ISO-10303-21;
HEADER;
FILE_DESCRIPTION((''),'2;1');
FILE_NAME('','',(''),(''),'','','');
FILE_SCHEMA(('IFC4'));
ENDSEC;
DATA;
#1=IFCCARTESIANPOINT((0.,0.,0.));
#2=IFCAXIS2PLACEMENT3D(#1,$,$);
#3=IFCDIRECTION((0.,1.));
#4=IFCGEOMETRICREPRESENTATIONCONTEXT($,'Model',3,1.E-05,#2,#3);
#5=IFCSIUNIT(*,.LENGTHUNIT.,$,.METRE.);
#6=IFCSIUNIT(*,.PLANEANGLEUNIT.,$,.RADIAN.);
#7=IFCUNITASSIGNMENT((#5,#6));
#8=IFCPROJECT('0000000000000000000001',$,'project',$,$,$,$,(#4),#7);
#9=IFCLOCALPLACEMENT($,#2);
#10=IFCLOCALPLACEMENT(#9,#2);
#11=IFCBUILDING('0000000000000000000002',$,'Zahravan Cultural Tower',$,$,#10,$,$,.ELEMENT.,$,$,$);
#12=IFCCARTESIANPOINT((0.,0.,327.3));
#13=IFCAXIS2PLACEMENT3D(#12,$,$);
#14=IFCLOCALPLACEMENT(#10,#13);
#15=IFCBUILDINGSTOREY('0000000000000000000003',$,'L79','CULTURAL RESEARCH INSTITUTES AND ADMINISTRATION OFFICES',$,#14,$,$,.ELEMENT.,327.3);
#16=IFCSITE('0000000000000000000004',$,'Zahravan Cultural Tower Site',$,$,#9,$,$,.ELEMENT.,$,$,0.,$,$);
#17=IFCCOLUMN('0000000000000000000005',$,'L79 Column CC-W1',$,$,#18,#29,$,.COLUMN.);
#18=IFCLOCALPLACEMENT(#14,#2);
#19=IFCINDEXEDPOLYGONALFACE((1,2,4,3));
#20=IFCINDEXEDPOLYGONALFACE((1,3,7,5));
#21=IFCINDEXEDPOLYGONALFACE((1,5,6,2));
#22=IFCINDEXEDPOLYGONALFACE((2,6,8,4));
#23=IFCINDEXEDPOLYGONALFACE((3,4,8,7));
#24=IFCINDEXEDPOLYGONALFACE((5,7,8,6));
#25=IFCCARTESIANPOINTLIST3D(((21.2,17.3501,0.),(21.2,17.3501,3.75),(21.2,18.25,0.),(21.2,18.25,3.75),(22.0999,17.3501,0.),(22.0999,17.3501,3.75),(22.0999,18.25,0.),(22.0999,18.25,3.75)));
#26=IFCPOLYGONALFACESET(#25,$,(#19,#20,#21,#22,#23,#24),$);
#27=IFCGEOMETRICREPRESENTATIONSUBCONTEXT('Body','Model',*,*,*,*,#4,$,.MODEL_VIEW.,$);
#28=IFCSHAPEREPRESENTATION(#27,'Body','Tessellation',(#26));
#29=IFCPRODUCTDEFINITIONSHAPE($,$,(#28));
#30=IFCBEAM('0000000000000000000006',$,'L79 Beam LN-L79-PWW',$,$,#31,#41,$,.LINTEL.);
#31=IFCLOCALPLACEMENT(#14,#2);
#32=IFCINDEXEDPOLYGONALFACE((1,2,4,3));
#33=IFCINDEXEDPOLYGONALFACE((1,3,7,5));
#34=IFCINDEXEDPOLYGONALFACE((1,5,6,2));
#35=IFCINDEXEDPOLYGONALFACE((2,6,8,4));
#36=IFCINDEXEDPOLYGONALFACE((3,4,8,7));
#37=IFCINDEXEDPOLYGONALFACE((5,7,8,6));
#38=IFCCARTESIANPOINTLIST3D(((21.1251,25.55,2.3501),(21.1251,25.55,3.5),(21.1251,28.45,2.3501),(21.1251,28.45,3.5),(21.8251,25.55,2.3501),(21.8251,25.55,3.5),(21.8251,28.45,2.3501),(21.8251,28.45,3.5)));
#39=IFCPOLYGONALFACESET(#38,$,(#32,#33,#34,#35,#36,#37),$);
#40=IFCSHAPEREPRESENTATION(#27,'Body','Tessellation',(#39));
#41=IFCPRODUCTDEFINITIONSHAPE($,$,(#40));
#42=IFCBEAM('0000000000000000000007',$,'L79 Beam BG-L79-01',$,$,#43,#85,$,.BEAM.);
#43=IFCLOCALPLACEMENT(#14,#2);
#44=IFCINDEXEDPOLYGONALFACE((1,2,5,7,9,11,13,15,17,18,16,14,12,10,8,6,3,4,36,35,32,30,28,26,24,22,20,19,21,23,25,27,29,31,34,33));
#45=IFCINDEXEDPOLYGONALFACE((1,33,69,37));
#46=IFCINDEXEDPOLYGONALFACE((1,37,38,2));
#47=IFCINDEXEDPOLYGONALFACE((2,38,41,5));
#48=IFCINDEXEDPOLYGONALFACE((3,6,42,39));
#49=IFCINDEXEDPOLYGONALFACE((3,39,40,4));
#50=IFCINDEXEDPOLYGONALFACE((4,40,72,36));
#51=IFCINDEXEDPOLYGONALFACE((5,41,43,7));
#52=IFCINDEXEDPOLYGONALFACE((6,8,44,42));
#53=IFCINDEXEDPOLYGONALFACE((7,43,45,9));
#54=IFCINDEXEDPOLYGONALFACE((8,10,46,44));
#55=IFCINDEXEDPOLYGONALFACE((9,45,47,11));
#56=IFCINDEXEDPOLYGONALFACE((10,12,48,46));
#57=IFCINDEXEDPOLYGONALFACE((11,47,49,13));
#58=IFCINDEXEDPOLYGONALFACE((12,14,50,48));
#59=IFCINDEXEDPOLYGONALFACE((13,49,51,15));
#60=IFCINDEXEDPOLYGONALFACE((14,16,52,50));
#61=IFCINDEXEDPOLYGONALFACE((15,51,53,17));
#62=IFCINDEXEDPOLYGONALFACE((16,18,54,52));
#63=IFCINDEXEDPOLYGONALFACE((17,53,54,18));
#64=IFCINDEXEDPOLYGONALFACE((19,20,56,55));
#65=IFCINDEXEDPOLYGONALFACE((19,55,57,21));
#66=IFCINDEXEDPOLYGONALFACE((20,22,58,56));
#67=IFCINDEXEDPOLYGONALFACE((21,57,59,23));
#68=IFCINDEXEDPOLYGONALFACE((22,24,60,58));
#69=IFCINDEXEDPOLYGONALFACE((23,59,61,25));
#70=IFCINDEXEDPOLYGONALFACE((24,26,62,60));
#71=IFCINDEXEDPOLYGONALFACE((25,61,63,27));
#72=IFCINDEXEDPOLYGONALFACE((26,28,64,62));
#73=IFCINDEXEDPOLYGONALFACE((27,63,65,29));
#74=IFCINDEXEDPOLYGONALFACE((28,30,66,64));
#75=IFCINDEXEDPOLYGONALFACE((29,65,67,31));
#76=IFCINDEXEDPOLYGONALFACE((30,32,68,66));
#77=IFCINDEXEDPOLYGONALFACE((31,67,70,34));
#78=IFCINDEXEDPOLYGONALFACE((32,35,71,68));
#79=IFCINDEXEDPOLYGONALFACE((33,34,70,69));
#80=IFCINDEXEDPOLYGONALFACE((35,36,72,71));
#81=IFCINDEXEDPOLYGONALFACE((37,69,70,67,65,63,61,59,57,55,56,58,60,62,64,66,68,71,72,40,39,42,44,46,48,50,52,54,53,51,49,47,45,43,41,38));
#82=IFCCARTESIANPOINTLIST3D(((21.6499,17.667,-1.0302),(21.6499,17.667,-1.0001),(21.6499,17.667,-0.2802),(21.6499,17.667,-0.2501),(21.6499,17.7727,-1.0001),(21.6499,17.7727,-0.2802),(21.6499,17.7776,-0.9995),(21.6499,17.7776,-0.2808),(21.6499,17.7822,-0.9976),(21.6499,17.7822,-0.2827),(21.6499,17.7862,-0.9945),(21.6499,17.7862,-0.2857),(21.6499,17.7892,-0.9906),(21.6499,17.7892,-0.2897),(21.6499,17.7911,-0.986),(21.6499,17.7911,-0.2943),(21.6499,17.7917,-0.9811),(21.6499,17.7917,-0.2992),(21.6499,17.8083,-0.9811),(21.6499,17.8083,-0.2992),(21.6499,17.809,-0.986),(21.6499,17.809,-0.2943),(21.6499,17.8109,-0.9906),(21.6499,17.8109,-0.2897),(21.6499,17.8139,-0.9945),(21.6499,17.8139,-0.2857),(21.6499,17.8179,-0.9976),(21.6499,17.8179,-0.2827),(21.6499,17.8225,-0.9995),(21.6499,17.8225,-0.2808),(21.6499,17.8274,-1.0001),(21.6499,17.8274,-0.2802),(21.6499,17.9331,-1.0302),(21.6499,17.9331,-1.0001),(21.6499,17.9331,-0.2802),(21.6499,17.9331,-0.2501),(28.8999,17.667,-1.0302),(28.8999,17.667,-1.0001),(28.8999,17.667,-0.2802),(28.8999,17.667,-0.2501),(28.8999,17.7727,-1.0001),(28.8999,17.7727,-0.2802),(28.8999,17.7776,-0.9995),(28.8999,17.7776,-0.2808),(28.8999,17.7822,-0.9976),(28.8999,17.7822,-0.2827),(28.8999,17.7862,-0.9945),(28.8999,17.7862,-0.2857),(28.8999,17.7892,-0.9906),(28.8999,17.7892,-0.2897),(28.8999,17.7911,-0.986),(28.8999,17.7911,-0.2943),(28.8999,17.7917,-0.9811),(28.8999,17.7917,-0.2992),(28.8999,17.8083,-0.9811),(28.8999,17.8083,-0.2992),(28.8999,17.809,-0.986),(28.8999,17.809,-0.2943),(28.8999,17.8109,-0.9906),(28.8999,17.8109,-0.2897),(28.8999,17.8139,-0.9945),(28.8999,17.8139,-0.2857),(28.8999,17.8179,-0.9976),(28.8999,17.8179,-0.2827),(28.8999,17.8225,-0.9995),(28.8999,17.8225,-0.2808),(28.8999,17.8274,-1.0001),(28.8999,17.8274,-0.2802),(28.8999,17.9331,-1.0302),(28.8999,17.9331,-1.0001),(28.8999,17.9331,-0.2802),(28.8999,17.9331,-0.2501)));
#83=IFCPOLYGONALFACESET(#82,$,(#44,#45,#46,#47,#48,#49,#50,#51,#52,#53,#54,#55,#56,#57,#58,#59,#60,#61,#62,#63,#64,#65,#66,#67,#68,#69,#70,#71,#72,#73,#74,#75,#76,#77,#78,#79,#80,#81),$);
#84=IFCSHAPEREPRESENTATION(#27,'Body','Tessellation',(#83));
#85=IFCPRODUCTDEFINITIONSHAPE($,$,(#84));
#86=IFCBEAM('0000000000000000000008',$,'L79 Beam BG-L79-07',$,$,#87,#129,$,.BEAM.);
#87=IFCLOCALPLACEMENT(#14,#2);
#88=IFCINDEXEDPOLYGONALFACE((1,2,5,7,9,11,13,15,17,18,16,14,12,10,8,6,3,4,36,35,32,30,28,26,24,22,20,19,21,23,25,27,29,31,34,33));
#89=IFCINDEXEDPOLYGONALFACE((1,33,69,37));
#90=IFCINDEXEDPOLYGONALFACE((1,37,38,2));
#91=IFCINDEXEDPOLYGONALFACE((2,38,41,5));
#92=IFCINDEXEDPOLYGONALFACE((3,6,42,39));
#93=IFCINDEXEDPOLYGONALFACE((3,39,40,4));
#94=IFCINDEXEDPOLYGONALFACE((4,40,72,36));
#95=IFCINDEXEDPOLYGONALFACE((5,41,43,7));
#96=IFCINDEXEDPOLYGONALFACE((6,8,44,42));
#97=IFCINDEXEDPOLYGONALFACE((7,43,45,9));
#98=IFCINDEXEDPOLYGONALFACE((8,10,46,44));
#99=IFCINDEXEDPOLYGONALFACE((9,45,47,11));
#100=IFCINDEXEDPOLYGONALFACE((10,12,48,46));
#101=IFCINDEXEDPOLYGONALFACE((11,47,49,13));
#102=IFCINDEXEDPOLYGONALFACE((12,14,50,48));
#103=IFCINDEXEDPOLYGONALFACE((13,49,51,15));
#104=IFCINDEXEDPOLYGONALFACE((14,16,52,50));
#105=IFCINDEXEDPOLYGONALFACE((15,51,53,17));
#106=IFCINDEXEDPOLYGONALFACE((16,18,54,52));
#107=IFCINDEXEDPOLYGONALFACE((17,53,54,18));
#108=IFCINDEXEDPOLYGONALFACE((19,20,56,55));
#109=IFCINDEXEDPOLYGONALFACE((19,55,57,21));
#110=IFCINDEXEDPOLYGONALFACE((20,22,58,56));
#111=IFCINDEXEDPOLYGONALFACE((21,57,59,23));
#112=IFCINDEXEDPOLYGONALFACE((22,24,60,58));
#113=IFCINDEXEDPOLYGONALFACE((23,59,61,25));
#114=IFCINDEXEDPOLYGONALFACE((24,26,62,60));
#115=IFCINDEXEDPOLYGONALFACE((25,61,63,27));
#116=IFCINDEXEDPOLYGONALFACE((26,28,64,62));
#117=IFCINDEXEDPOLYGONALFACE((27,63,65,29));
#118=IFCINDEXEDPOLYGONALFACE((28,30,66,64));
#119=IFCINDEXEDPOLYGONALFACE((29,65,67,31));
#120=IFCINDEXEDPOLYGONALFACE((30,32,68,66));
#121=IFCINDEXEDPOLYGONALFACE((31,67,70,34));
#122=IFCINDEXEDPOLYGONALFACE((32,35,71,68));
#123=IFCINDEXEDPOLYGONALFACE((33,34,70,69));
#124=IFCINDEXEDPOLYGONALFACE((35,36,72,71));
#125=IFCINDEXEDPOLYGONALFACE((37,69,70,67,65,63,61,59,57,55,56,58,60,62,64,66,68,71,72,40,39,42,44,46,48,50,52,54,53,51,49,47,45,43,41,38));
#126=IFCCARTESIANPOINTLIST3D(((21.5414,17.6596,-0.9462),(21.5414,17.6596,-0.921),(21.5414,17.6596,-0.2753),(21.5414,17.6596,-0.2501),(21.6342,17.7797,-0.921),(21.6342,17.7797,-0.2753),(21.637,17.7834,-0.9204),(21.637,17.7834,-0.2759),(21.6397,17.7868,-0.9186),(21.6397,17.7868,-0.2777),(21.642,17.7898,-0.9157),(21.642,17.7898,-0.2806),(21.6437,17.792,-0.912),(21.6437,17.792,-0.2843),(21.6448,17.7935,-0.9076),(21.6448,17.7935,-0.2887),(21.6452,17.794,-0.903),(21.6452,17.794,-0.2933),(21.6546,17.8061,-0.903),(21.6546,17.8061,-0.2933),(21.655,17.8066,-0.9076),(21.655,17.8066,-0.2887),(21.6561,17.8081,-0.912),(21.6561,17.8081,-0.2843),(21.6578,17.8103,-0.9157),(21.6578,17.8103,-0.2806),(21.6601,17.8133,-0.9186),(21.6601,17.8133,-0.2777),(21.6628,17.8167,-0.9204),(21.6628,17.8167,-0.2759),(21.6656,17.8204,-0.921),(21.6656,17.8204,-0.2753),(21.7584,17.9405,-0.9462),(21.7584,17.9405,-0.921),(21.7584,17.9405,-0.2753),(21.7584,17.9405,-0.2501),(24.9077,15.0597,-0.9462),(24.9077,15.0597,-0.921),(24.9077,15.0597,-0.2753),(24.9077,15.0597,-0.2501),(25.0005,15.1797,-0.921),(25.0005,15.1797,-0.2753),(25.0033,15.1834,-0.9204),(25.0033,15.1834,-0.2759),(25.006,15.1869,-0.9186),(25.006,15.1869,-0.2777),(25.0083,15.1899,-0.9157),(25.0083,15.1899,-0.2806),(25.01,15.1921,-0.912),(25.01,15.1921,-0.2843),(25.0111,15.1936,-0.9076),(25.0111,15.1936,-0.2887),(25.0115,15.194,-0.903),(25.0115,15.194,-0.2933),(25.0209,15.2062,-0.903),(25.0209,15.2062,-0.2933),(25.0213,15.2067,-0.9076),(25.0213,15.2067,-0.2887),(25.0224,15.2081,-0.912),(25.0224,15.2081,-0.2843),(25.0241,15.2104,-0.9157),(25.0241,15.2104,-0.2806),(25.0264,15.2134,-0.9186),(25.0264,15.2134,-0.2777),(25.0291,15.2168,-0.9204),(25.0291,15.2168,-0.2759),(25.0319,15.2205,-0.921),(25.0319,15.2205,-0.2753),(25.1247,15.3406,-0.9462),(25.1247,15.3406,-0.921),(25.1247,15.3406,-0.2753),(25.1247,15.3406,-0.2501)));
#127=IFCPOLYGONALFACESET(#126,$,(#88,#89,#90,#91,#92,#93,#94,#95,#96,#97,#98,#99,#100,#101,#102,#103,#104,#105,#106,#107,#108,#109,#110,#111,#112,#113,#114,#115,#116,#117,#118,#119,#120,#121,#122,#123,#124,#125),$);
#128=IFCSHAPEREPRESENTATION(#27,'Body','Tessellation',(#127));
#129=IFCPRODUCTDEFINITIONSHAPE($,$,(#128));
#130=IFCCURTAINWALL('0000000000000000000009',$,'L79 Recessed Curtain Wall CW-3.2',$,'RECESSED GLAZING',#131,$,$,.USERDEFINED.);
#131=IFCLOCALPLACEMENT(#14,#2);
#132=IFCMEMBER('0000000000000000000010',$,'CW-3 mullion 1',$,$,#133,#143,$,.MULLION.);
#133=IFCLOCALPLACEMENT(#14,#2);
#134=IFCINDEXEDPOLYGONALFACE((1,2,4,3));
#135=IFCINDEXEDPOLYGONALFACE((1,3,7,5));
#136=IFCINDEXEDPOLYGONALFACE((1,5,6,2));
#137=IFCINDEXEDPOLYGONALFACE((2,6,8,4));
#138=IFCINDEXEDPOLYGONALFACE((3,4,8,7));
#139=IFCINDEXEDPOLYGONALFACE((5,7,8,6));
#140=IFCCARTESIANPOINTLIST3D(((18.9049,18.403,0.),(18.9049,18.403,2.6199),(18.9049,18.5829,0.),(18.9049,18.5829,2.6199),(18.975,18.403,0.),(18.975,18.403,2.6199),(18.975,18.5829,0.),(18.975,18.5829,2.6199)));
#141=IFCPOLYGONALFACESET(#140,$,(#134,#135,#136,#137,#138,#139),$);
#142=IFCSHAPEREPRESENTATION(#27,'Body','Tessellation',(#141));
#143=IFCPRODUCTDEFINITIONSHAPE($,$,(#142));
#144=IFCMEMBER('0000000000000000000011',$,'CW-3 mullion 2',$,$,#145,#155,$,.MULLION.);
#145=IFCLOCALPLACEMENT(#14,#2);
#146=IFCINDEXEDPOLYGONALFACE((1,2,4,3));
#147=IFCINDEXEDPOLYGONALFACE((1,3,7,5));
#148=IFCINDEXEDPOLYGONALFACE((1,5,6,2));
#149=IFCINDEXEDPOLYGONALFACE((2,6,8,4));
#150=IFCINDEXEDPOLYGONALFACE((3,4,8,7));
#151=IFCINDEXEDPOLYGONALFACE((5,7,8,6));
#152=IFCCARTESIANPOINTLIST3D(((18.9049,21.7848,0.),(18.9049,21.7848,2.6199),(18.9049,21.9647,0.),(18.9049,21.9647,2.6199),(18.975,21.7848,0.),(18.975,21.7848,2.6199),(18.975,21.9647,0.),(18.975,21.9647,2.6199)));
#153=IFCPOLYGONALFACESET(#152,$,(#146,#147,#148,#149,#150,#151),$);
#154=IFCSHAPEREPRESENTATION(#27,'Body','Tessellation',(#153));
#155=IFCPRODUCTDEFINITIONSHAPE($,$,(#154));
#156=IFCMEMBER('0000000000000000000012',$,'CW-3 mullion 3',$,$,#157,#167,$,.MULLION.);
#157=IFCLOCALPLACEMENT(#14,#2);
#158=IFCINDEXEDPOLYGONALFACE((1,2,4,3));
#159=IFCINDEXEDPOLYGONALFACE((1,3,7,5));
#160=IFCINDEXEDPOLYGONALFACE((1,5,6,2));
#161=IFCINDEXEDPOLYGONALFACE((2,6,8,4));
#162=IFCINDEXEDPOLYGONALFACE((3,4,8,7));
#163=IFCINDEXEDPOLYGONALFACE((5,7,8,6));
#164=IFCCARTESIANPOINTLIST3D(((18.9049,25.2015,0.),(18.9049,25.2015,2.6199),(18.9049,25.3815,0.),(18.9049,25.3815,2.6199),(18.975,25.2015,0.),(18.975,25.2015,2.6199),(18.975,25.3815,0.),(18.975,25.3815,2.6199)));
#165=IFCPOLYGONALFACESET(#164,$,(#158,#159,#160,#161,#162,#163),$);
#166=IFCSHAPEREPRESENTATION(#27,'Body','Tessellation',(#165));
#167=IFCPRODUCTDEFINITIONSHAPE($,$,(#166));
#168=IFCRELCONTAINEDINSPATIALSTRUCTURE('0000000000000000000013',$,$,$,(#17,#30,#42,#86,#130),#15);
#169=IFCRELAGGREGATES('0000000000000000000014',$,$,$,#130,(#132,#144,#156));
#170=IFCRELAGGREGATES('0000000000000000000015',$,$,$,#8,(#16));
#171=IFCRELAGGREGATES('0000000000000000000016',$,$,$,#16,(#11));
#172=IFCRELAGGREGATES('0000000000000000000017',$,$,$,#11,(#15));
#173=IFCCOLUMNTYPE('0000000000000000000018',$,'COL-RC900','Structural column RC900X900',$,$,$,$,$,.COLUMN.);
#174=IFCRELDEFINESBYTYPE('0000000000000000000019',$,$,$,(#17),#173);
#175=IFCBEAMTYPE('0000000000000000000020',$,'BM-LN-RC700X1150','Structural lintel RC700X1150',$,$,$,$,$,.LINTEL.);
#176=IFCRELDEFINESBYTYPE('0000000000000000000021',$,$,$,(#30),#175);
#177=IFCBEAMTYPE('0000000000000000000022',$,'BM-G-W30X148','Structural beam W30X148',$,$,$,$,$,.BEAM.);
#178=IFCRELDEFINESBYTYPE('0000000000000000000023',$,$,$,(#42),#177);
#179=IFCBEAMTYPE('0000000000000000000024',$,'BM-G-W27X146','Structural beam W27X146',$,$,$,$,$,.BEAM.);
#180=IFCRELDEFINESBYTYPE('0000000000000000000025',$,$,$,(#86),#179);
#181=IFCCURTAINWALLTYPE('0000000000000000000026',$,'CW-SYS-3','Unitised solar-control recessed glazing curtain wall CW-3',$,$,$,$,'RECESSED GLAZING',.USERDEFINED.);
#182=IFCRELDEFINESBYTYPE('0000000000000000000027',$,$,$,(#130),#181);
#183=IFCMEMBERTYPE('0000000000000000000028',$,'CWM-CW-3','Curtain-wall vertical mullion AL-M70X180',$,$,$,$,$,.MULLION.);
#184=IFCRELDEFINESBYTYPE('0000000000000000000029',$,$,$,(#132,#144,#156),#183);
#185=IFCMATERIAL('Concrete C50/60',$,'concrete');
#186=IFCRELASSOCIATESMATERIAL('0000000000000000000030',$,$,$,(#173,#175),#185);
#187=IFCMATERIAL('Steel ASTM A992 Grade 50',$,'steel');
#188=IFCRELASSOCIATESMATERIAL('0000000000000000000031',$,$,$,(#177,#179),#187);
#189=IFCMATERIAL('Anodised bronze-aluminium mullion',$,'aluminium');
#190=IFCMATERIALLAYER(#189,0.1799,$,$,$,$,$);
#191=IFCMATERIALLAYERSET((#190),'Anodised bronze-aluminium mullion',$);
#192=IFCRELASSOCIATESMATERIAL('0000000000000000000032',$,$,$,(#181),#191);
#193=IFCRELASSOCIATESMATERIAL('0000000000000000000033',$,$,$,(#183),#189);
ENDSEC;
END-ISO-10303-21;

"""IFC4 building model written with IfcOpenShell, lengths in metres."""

from ifc_helpers import new_model, si_unit, direction, frame, origin, origin_2d, place, context, subcontext, project, spatial, rectangle, i_section, extrude, source, transform, mapped, material, layer, layer_set, material_profile, profile_set, type_object, element, aggregate, save


model = new_model("IFC4")

# Units and contexts
model_context = context("Model", 3, precision=1e-05, world=origin(), true_north=direction((0.0, 1.0)))
body_context = subcontext(model_context, "Body", "Model", "MODEL_VIEW")
ifc_project = project(units=[si_unit("LENGTHUNIT", "METRE"), si_unit("PLANEANGLEUNIT", "RADIAN")], contexts=[model_context])

# Site, building, storey
site_placement = place(None, origin())
site = spatial("IfcSite", under=ifc_project, at=site_placement, Name="Zahravan Cultural Tower Site", CompositionType="ELEMENT", RefElevation=0.0)
building_placement = place(site_placement, origin())
building = spatial("IfcBuilding", under=site, at=building_placement, Name="Zahravan Cultural Tower", CompositionType="ELEMENT")
storey_placement = place(building_placement, frame((0.0, 0.0, 327.3)))
storey = spatial("IfcBuildingStorey", under=building, at=storey_placement, Name="L79", Description="CULTURAL RESEARCH INSTITUTES AND ADMINISTRATION OFFICES", CompositionType="ELEMENT", Elevation=327.3)

# Column
ifc_material_1 = material(Name="Concrete C50/60", Category="concrete")
ifc_material_profile_1 = material_profile(ifc_material_1, rectangle(XDim=0.8999, YDim=0.8999, at=origin_2d()), Name="RC900X900")
ifc_profile_set_1 = profile_set([ifc_material_profile_1], Name="Concrete C50/60")
column_type = type_object("IfcColumnType", Name="COL-RC900", Description="Structural column RC900X900", PredefinedType="COLUMN", material=ifc_profile_set_1)
shared_shape_1 = source(origin(), body_context, "Body", "SweptSolid", [
    extrude(rectangle(XDim=0.8999, YDim=0.8999, at=origin_2d()), origin(), (0.0, 0.0, 1.0), 3.75),
])
column_placement = place(storey_placement, frame((21.6499, 17.8, 0.0), z_axis=(0.0, 0.0, 1.0), x_axis=(1.0, 0.0, 0.0)))
element("IfcColumn", 1, at=column_placement, inside=storey, type_object=column_type, Name="L79 Column CC-W1", PredefinedType="COLUMN", context=body_context, shape_type="MappedRepresentation", body=[
    mapped(shared_shape_1, transform((0.0, 0.0, 0.0), x_axis=(1.0, 0.0, 0.0), y_axis=(0.0, 1.0, 0.0), z_axis=(0.0, 0.0, 1.0), scale=1.0)),
])

# Beams
ifc_material_profile_2 = material_profile(ifc_material_1, rectangle(XDim=0.7, YDim=1.1499, at=origin_2d()), Name="RC700X1150")
ifc_profile_set_2 = profile_set([ifc_material_profile_2], Name="Concrete C50/60")
beam_type_1 = type_object("IfcBeamType", Name="BM-LN-RC700X1150", Description="Structural lintel RC700X1150", PredefinedType="LINTEL", material=ifc_profile_set_2)
shared_shape_2 = source(origin(), body_context, "Body", "SweptSolid", [
    extrude(rectangle(XDim=0.7, YDim=1.1499, at=origin_2d()), origin(), (0.0, 0.0, 1.0), 2.8999),
])
beam_1_placement = place(storey_placement, frame((21.4751, 25.55, 2.925), z_axis=(0.0, 1.0, 0.0), x_axis=(-1.0, 0.0, 0.0)))
element("IfcBeam", 2, at=beam_1_placement, inside=storey, type_object=beam_type_1, Name="L79 Beam LN-L79-PWW", PredefinedType="LINTEL", context=body_context, shape_type="MappedRepresentation", body=[
    mapped(shared_shape_2, transform((0.0, 0.0, 0.0), x_axis=(1.0, 0.0, 0.0), y_axis=(0.0, 1.0, 0.0), z_axis=(0.0, 0.0, 1.0), scale=1.0)),
])
ifc_material_2 = material(Name="Steel ASTM A992 Grade 50", Category="steel")
ifc_material_profile_3 = material_profile(ifc_material_2, i_section(OverallWidth=0.2661, OverallDepth=0.78, WebThickness=0.0166, FlangeThickness=0.03, FilletRadius=0.019, at=origin_2d()), Name="W30X148")
ifc_profile_set_3 = profile_set([ifc_material_profile_3], Name="Steel ASTM A992 Grade 50")
beam_type_2 = type_object("IfcBeamType", Name="BM-G-W30X148", Description="Structural beam W30X148", PredefinedType="BEAM", material=ifc_profile_set_3)
shared_shape_3 = source(origin(), body_context, "Body", "SweptSolid", [
    extrude(i_section(OverallWidth=0.2661, OverallDepth=0.78, WebThickness=0.0166, FlangeThickness=0.03, FilletRadius=0.019, at=origin_2d()), origin(), (0.0, 0.0, 1.0), 7.25),
])
beam_2_placement = place(storey_placement, frame((21.6499, 17.8, -0.6401), z_axis=(1.0, 0.0, 0.0), x_axis=(0.0, 1.0, 0.0)))
element("IfcBeam", 3, at=beam_2_placement, inside=storey, type_object=beam_type_2, Name="L79 Beam BG-L79-01", PredefinedType="BEAM", context=body_context, shape_type="MappedRepresentation", body=[
    mapped(shared_shape_3, transform((0.0, 0.0, 0.0), x_axis=(1.0, 0.0, 0.0), y_axis=(0.0, 1.0, 0.0), z_axis=(0.0, 0.0, 1.0), scale=1.0)),
])
ifc_material_profile_4 = material_profile(ifc_material_2, i_section(OverallWidth=0.355, OverallDepth=0.696, WebThickness=0.0154, FlangeThickness=0.0251, FilletRadius=0.0181, at=origin_2d()), Name="W27X146")
ifc_profile_set_4 = profile_set([ifc_material_profile_4], Name="Steel ASTM A992 Grade 50")
beam_type_3 = type_object("IfcBeamType", Name="BM-G-W27X146", Description="Structural beam W27X146", PredefinedType="BEAM", material=ifc_profile_set_4)
shared_shape_4 = source(origin(), body_context, "Body", "SweptSolid", [
    extrude(i_section(OverallWidth=0.355, OverallDepth=0.696, WebThickness=0.0154, FlangeThickness=0.0251, FilletRadius=0.0181, at=origin_2d()), origin(), (0.0, 0.0, 1.0), 4.2534),
])
beam_3_placement = place(storey_placement, frame((21.6499, 17.8, -0.5981), z_axis=(0.791434, -0.611255, 0.0), x_axis=(0.611255, 0.791434, 0.0)))
element("IfcBeam", 4, at=beam_3_placement, inside=storey, type_object=beam_type_3, Name="L79 Beam BG-L79-07", PredefinedType="BEAM", context=body_context, shape_type="MappedRepresentation", body=[
    mapped(shared_shape_4, transform((0.0, 0.0, 0.0), x_axis=(1.0, 0.0, 0.0), y_axis=(0.0, 1.0, 0.0), z_axis=(0.0, 0.0, 1.0), scale=1.0)),
])

# Curtain wall, members
ifc_material_3 = material(Name="Anodised bronze-aluminium mullion", Category="aluminium")
ifc_layer_1 = layer(ifc_material_3, 0.1799)
ifc_layer_set_1 = layer_set([ifc_layer_1], Name="Anodised bronze-aluminium mullion")
curtain_wall_type = type_object("IfcCurtainWallType", Name="CW-SYS-3", Description="Unitised solar-control recessed glazing curtain wall CW-3", ElementType="RECESSED GLAZING", PredefinedType="USERDEFINED", material=ifc_layer_set_1)
curtain_wall_placement = place(storey_placement, origin())
curtain_wall = element("IfcCurtainWall", 5, at=curtain_wall_placement, inside=storey, type_object=curtain_wall_type, Name="L79 Recessed Curtain Wall CW-3.2", ObjectType="RECESSED GLAZING", PredefinedType="USERDEFINED")
ifc_material_profile_5 = material_profile(ifc_material_3, rectangle(XDim=0.0701, YDim=0.1799, at=origin_2d()), Name="AL-M70X180")
ifc_profile_set_5 = profile_set([ifc_material_profile_5], Name="Anodised bronze-aluminium mullion")
member_type_1 = type_object("IfcMemberType", Name="CWM-CW-3", Description="Curtain-wall vertical mullion AL-M70X180", PredefinedType="MULLION", material=ifc_profile_set_5)
shared_shape_5 = source(origin(), body_context, "Body", "SweptSolid", [
    extrude(rectangle(XDim=0.0701, YDim=0.1799, at=origin_2d()), origin(), (0.0, 0.0, 1.0), 2.6199),
])
member_1_placement = place(storey_placement, frame((18.9399, 18.4929, 0.0), z_axis=(0.0, 0.0, 1.0), x_axis=(-1.0, 0.0, 0.0)))
member_1 = element("IfcMember", 6, at=member_1_placement, type_object=member_type_1, Name="CW-3 mullion 1", PredefinedType="MULLION", context=body_context, shape_type="MappedRepresentation", body=[
    mapped(shared_shape_5, transform((0.0, 0.0, 0.0), x_axis=(1.0, 0.0, 0.0), y_axis=(0.0, 1.0, 0.0), z_axis=(0.0, 0.0, 1.0), scale=1.0)),
])
member_2_placement = place(storey_placement, frame((18.9399, 21.8748, 0.0), z_axis=(0.0, 0.0, 1.0), x_axis=(-1.0, 0.0, 0.0)))
member_2 = element("IfcMember", 7, at=member_2_placement, type_object=member_type_1, Name="CW-3 mullion 2", PredefinedType="MULLION", context=body_context, shape_type="MappedRepresentation", body=[
    mapped(shared_shape_5, transform((0.0, 0.0, 0.0), x_axis=(1.0, 0.0, 0.0), y_axis=(0.0, 1.0, 0.0), z_axis=(0.0, 0.0, 1.0), scale=1.0)),
])
member_3_placement = place(storey_placement, frame((18.9399, 25.2915, 0.0), z_axis=(0.0, 0.0, 1.0), x_axis=(-1.0, 0.0, 0.0)))
member_3 = element("IfcMember", 8, at=member_3_placement, type_object=member_type_1, Name="CW-3 mullion 3", PredefinedType="MULLION", context=body_context, shape_type="MappedRepresentation", body=[
    mapped(shared_shape_5, transform((0.0, 0.0, 0.0), x_axis=(1.0, 0.0, 0.0), y_axis=(0.0, 1.0, 0.0), z_axis=(0.0, 0.0, 1.0), scale=1.0)),
])

aggregate(curtain_wall, [member_1, member_2, member_3])

save(model, "model.ifc")
